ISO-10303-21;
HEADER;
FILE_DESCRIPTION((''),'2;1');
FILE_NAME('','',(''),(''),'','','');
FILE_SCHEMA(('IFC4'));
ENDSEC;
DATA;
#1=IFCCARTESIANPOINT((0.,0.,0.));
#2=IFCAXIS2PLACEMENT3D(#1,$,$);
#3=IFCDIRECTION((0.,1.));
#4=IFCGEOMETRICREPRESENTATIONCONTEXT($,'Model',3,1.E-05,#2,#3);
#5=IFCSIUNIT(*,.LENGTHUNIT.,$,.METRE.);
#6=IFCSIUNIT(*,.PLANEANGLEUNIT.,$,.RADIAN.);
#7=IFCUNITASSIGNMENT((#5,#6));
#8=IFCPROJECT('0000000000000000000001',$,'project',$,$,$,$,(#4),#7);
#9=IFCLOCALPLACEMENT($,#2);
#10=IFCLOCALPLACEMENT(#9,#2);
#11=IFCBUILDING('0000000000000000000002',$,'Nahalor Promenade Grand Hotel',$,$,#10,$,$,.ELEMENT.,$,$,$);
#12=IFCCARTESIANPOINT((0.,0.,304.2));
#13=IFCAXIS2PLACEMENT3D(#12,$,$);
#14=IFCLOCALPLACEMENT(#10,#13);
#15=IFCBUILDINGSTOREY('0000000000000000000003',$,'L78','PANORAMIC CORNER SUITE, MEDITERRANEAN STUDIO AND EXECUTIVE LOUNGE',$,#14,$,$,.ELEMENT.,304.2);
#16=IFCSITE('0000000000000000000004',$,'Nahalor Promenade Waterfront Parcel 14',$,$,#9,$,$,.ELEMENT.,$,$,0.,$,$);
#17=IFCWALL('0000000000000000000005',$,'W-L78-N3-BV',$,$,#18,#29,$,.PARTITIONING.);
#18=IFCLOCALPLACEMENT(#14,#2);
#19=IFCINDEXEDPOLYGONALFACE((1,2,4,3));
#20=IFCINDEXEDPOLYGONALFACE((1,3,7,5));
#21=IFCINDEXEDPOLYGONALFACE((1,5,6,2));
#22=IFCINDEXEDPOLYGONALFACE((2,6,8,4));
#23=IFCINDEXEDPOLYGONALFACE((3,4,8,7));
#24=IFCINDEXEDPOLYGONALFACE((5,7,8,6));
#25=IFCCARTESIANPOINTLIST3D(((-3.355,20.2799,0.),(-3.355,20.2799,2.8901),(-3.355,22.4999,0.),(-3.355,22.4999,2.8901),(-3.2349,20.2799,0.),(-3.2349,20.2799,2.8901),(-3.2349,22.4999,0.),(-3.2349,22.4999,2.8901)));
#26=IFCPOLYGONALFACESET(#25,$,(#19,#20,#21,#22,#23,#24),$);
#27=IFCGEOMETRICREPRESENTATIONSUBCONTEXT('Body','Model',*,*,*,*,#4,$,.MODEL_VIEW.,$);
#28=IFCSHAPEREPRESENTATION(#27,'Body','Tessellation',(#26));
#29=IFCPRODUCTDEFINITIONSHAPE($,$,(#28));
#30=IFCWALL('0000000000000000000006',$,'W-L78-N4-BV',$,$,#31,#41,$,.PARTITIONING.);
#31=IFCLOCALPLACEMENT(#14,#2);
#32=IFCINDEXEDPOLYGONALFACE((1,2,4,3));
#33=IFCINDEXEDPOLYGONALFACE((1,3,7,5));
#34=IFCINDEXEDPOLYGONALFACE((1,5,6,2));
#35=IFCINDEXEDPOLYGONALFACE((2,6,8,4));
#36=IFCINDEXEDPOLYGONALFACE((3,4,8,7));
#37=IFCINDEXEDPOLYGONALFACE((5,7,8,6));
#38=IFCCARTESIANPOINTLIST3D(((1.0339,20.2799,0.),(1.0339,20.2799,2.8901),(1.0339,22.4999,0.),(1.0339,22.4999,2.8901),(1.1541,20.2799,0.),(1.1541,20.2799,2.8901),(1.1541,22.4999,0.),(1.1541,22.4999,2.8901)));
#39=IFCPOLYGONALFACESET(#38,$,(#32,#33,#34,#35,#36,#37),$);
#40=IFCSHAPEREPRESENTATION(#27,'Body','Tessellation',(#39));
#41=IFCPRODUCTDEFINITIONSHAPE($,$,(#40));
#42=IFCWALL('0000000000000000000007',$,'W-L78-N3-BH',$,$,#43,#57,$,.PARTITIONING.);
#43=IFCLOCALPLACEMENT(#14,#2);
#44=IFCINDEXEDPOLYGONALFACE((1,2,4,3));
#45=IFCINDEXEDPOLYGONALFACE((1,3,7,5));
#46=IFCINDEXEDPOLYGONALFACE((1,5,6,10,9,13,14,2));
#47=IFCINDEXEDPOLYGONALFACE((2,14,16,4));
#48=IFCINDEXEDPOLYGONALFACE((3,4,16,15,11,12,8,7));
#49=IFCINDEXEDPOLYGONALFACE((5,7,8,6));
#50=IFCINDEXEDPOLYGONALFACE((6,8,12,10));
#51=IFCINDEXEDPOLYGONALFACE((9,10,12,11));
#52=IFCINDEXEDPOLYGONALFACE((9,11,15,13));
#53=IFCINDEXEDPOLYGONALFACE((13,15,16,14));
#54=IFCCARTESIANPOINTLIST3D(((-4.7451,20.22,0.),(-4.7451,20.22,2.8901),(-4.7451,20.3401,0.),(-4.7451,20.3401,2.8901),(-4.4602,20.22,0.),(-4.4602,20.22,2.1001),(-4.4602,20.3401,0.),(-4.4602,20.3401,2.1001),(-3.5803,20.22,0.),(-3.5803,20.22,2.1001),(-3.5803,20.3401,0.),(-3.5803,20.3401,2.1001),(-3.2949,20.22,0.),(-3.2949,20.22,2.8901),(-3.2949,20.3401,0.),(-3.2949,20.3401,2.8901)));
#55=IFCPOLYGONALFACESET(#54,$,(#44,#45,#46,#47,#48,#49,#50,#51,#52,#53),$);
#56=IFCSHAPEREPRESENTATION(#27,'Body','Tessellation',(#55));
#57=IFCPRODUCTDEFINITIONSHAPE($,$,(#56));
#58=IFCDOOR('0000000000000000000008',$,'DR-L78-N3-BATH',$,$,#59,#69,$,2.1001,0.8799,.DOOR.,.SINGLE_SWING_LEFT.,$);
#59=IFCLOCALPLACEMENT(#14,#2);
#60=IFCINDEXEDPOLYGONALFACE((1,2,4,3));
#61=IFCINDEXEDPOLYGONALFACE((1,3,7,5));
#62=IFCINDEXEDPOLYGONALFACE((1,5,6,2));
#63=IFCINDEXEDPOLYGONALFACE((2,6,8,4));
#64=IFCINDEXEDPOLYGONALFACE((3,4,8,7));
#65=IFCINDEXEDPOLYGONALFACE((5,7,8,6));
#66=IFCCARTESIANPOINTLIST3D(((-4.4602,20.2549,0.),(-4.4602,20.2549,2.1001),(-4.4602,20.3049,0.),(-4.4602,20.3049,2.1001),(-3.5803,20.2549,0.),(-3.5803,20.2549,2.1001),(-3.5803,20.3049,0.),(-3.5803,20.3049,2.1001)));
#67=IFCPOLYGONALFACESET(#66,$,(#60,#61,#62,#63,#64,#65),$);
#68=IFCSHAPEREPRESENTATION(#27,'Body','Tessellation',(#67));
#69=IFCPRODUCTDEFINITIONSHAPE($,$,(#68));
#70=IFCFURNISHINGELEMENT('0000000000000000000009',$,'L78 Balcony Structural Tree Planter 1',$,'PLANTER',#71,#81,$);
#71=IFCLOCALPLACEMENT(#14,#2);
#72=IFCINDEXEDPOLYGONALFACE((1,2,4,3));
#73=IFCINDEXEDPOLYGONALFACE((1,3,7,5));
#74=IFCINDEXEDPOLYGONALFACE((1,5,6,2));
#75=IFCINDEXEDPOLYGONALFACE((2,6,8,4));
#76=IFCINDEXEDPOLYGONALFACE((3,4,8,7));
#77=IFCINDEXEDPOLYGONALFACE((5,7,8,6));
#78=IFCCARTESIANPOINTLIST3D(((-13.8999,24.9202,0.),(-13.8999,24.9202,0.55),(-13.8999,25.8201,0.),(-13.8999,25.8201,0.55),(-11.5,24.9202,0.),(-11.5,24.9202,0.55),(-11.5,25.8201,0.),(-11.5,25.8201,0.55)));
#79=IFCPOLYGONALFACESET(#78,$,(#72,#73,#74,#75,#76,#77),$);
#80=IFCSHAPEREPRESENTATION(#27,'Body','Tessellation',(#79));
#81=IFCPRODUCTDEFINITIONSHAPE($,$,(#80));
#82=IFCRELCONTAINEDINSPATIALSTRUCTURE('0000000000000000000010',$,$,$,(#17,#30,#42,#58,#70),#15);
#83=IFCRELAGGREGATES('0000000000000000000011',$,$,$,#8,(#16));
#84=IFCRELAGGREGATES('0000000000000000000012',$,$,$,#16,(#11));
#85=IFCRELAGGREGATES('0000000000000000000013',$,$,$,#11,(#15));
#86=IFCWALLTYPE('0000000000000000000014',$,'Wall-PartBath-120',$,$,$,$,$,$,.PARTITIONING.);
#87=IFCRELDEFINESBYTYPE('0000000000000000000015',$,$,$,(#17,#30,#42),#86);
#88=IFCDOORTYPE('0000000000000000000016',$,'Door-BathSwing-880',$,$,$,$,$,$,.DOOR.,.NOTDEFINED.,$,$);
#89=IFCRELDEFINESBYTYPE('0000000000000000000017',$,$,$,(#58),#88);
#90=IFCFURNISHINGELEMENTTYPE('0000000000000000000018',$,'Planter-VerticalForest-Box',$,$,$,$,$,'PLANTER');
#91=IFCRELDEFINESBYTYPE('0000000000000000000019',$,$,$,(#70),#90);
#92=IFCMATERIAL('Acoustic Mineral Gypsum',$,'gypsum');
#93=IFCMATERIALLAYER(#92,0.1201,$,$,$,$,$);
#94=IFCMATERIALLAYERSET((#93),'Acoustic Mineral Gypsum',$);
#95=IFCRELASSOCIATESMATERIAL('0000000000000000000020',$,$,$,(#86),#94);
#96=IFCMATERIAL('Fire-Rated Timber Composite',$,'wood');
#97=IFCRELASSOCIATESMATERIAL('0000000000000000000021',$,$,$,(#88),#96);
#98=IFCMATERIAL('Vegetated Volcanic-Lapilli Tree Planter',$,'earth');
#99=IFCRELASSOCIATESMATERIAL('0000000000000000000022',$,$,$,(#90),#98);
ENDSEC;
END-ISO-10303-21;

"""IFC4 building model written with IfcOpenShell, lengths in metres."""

from ifc_helpers import new_model, si_unit, direction, frame, frame_2d, origin, origin_2d, place, context, subcontext, project, spatial, rectangle, extrude, source, transform, mapped, material, layer, layer_set, type_object, element, fill, save


model = new_model("IFC4")

# Units and contexts
model_context = context("Model", 3, precision=1e-05, world=origin(), true_north=direction((0.0, 1.0)))
body_context = subcontext(model_context, "Body", "Model", "MODEL_VIEW")
ifc_project = project(units=[si_unit("LENGTHUNIT", "METRE"), si_unit("PLANEANGLEUNIT", "RADIAN")], contexts=[model_context])

# Site, building, storey
site_placement = place(None, origin())
site = spatial("IfcSite", under=ifc_project, at=site_placement, Name="Nahalor Promenade Waterfront Parcel 14", CompositionType="ELEMENT", RefElevation=0.0)
building_placement = place(site_placement, origin())
building = spatial("IfcBuilding", under=site, at=building_placement, Name="Nahalor Promenade Grand Hotel", CompositionType="ELEMENT")
storey_placement = place(building_placement, frame((0.0, 0.0, 304.2)))
storey = spatial("IfcBuildingStorey", under=building, at=storey_placement, Name="L78", Description="PANORAMIC CORNER SUITE, MEDITERRANEAN STUDIO AND EXECUTIVE LOUNGE", CompositionType="ELEMENT", Elevation=304.2)

# Shared definitions
ifc_material_1 = material(Name="Acoustic Mineral Gypsum", Category="gypsum")
ifc_layer_1 = layer(ifc_material_1, 0.1201)
ifc_layer_set_1 = layer_set([ifc_layer_1], Name="Acoustic Mineral Gypsum")
wall_type_1 = type_object("IfcWallType", Name="Wall-PartBath-120", PredefinedType="PARTITIONING", material=ifc_layer_set_1)
ifc_material_2 = material(Name="Fire-Rated Timber Composite", Category="wood")
door_type_1 = type_object("IfcDoorType", Name="Door-BathSwing-880", OperationType="NOTDEFINED", PredefinedType="DOOR", material=ifc_material_2)
shared_shape_1 = source(origin(), body_context, "Body", "SweptSolid", [
    extrude(rectangle(XDim=0.8799, YDim=2.1001, at=frame_2d((0.4399, 1.05))), frame((0.0, 0.0249, 0.0), z_axis=(0.0, -1.0, 0.0), x_axis=(1.0, 0.0, 0.0)), (0.0, 0.0, 1.0), 0.05),
])

# Walls
shared_shape_2 = source(origin(), body_context, "Body", "SweptSolid", [
    extrude(rectangle(XDim=2.22, YDim=0.1201, at=frame_2d((1.1099, 0.0))), origin(), (0.0, 0.0, 1.0), 2.8901),
])
for number, where, z_axis, x_axis, name in (
    (1, (-3.2949, 20.28, 0.0), (0.0, 0.0, 1.0), (0.0, 1.0, 0.0), "W-L78-N3-BV"),
    (2, (1.094, 20.28, 0.0), (0.0, 0.0, 1.0), (0.0, 1.0, 0.0), "W-L78-N4-BV"),
):
    element("IfcWall", number, at=place(storey_placement, frame(where, z_axis=z_axis, x_axis=x_axis)), inside=storey, type_object=wall_type_1, Name=name, PredefinedType="PARTITIONING", context=body_context, shape_type="MappedRepresentation", body=[
        mapped(shared_shape_2, transform((0.0, 0.0, 0.0), scale=1.0)),
    ])

# Wall, opening, door
shared_shape_3 = source(origin(), body_context, "Body", "SweptSolid", [
    extrude(rectangle(XDim=1.4502, YDim=0.1201, at=frame_2d((0.7251, 0.0))), origin(), (0.0, 0.0, 1.0), 2.8901),
])
wall_1_placement = place(storey_placement, frame((-4.7451, 20.28, 0.0), z_axis=(0.0, 0.0, 1.0), x_axis=(1.0, 0.0, 0.0)))
wall_1 = element("IfcWall", 3, at=wall_1_placement, inside=storey, type_object=wall_type_1, Name="W-L78-N3-BH", PredefinedType="PARTITIONING", context=body_context, shape_type="MappedRepresentation", body=[
    mapped(shared_shape_3, transform((0.0, 0.0, 0.0), scale=1.0)),
])
opening_1_placement = place(wall_1_placement, frame((0.2849, 0.0, 0.0)))
opening_1 = element("IfcOpeningElement", 4, at=opening_1_placement, cuts=wall_1, PredefinedType="OPENING", context=body_context, shape_type="SweptSolid", body=[
    extrude(rectangle(XDim=0.8799, YDim=2.1001, at=frame_2d((0.4399, 1.05))), frame((0.0, 0.0701, 0.0), z_axis=(0.0, -1.0, 0.0), x_axis=(1.0, 0.0, 0.0)), (0.0, 0.0, 1.0), 0.1401),
])
door_1_placement = place(opening_1_placement, origin())
door_1 = element("IfcDoor", 5, at=door_1_placement, inside=storey, type_object=door_type_1, Name="DR-L78-N3-BATH", OperationType="SINGLE_SWING_LEFT", OverallHeight=2.1001, OverallWidth=0.8799, PredefinedType="DOOR", context=body_context, shape_type="MappedRepresentation", body=[
    mapped(shared_shape_1, transform((0.0, 0.0, 0.0), scale=1.0)),
])
fill(opening_1, door_1)

# Furnishing element
ifc_material_3 = material(Name="Vegetated Volcanic-Lapilli Tree Planter", Category="earth")
furnishing_element_type = type_object("IfcFurnishingElementType", Name="Planter-VerticalForest-Box", ElementType="PLANTER", material=ifc_material_3)
shared_shape_4 = source(origin(), body_context, "Body", "SweptSolid", [
    extrude(rectangle(XDim=2.3999, YDim=0.8999, at=origin_2d()), origin(), (0.0, 0.0, 1.0), 0.55),
])
furnishing_placement = place(storey_placement, frame((-12.7, 25.3701, 0.0), z_axis=(0.0, 0.0, 1.0), x_axis=(1.0, 0.0, 0.0)))
element("IfcFurnishingElement", 6, at=furnishing_placement, inside=storey, type_object=furnishing_element_type, Name="L78 Balcony Structural Tree Planter 1", ObjectType="PLANTER", context=body_context, shape_type="MappedRepresentation", body=[
    mapped(shared_shape_4, transform((0.0, 0.0, 0.0), scale=1.0)),
])

save(model, "model.ifc")
